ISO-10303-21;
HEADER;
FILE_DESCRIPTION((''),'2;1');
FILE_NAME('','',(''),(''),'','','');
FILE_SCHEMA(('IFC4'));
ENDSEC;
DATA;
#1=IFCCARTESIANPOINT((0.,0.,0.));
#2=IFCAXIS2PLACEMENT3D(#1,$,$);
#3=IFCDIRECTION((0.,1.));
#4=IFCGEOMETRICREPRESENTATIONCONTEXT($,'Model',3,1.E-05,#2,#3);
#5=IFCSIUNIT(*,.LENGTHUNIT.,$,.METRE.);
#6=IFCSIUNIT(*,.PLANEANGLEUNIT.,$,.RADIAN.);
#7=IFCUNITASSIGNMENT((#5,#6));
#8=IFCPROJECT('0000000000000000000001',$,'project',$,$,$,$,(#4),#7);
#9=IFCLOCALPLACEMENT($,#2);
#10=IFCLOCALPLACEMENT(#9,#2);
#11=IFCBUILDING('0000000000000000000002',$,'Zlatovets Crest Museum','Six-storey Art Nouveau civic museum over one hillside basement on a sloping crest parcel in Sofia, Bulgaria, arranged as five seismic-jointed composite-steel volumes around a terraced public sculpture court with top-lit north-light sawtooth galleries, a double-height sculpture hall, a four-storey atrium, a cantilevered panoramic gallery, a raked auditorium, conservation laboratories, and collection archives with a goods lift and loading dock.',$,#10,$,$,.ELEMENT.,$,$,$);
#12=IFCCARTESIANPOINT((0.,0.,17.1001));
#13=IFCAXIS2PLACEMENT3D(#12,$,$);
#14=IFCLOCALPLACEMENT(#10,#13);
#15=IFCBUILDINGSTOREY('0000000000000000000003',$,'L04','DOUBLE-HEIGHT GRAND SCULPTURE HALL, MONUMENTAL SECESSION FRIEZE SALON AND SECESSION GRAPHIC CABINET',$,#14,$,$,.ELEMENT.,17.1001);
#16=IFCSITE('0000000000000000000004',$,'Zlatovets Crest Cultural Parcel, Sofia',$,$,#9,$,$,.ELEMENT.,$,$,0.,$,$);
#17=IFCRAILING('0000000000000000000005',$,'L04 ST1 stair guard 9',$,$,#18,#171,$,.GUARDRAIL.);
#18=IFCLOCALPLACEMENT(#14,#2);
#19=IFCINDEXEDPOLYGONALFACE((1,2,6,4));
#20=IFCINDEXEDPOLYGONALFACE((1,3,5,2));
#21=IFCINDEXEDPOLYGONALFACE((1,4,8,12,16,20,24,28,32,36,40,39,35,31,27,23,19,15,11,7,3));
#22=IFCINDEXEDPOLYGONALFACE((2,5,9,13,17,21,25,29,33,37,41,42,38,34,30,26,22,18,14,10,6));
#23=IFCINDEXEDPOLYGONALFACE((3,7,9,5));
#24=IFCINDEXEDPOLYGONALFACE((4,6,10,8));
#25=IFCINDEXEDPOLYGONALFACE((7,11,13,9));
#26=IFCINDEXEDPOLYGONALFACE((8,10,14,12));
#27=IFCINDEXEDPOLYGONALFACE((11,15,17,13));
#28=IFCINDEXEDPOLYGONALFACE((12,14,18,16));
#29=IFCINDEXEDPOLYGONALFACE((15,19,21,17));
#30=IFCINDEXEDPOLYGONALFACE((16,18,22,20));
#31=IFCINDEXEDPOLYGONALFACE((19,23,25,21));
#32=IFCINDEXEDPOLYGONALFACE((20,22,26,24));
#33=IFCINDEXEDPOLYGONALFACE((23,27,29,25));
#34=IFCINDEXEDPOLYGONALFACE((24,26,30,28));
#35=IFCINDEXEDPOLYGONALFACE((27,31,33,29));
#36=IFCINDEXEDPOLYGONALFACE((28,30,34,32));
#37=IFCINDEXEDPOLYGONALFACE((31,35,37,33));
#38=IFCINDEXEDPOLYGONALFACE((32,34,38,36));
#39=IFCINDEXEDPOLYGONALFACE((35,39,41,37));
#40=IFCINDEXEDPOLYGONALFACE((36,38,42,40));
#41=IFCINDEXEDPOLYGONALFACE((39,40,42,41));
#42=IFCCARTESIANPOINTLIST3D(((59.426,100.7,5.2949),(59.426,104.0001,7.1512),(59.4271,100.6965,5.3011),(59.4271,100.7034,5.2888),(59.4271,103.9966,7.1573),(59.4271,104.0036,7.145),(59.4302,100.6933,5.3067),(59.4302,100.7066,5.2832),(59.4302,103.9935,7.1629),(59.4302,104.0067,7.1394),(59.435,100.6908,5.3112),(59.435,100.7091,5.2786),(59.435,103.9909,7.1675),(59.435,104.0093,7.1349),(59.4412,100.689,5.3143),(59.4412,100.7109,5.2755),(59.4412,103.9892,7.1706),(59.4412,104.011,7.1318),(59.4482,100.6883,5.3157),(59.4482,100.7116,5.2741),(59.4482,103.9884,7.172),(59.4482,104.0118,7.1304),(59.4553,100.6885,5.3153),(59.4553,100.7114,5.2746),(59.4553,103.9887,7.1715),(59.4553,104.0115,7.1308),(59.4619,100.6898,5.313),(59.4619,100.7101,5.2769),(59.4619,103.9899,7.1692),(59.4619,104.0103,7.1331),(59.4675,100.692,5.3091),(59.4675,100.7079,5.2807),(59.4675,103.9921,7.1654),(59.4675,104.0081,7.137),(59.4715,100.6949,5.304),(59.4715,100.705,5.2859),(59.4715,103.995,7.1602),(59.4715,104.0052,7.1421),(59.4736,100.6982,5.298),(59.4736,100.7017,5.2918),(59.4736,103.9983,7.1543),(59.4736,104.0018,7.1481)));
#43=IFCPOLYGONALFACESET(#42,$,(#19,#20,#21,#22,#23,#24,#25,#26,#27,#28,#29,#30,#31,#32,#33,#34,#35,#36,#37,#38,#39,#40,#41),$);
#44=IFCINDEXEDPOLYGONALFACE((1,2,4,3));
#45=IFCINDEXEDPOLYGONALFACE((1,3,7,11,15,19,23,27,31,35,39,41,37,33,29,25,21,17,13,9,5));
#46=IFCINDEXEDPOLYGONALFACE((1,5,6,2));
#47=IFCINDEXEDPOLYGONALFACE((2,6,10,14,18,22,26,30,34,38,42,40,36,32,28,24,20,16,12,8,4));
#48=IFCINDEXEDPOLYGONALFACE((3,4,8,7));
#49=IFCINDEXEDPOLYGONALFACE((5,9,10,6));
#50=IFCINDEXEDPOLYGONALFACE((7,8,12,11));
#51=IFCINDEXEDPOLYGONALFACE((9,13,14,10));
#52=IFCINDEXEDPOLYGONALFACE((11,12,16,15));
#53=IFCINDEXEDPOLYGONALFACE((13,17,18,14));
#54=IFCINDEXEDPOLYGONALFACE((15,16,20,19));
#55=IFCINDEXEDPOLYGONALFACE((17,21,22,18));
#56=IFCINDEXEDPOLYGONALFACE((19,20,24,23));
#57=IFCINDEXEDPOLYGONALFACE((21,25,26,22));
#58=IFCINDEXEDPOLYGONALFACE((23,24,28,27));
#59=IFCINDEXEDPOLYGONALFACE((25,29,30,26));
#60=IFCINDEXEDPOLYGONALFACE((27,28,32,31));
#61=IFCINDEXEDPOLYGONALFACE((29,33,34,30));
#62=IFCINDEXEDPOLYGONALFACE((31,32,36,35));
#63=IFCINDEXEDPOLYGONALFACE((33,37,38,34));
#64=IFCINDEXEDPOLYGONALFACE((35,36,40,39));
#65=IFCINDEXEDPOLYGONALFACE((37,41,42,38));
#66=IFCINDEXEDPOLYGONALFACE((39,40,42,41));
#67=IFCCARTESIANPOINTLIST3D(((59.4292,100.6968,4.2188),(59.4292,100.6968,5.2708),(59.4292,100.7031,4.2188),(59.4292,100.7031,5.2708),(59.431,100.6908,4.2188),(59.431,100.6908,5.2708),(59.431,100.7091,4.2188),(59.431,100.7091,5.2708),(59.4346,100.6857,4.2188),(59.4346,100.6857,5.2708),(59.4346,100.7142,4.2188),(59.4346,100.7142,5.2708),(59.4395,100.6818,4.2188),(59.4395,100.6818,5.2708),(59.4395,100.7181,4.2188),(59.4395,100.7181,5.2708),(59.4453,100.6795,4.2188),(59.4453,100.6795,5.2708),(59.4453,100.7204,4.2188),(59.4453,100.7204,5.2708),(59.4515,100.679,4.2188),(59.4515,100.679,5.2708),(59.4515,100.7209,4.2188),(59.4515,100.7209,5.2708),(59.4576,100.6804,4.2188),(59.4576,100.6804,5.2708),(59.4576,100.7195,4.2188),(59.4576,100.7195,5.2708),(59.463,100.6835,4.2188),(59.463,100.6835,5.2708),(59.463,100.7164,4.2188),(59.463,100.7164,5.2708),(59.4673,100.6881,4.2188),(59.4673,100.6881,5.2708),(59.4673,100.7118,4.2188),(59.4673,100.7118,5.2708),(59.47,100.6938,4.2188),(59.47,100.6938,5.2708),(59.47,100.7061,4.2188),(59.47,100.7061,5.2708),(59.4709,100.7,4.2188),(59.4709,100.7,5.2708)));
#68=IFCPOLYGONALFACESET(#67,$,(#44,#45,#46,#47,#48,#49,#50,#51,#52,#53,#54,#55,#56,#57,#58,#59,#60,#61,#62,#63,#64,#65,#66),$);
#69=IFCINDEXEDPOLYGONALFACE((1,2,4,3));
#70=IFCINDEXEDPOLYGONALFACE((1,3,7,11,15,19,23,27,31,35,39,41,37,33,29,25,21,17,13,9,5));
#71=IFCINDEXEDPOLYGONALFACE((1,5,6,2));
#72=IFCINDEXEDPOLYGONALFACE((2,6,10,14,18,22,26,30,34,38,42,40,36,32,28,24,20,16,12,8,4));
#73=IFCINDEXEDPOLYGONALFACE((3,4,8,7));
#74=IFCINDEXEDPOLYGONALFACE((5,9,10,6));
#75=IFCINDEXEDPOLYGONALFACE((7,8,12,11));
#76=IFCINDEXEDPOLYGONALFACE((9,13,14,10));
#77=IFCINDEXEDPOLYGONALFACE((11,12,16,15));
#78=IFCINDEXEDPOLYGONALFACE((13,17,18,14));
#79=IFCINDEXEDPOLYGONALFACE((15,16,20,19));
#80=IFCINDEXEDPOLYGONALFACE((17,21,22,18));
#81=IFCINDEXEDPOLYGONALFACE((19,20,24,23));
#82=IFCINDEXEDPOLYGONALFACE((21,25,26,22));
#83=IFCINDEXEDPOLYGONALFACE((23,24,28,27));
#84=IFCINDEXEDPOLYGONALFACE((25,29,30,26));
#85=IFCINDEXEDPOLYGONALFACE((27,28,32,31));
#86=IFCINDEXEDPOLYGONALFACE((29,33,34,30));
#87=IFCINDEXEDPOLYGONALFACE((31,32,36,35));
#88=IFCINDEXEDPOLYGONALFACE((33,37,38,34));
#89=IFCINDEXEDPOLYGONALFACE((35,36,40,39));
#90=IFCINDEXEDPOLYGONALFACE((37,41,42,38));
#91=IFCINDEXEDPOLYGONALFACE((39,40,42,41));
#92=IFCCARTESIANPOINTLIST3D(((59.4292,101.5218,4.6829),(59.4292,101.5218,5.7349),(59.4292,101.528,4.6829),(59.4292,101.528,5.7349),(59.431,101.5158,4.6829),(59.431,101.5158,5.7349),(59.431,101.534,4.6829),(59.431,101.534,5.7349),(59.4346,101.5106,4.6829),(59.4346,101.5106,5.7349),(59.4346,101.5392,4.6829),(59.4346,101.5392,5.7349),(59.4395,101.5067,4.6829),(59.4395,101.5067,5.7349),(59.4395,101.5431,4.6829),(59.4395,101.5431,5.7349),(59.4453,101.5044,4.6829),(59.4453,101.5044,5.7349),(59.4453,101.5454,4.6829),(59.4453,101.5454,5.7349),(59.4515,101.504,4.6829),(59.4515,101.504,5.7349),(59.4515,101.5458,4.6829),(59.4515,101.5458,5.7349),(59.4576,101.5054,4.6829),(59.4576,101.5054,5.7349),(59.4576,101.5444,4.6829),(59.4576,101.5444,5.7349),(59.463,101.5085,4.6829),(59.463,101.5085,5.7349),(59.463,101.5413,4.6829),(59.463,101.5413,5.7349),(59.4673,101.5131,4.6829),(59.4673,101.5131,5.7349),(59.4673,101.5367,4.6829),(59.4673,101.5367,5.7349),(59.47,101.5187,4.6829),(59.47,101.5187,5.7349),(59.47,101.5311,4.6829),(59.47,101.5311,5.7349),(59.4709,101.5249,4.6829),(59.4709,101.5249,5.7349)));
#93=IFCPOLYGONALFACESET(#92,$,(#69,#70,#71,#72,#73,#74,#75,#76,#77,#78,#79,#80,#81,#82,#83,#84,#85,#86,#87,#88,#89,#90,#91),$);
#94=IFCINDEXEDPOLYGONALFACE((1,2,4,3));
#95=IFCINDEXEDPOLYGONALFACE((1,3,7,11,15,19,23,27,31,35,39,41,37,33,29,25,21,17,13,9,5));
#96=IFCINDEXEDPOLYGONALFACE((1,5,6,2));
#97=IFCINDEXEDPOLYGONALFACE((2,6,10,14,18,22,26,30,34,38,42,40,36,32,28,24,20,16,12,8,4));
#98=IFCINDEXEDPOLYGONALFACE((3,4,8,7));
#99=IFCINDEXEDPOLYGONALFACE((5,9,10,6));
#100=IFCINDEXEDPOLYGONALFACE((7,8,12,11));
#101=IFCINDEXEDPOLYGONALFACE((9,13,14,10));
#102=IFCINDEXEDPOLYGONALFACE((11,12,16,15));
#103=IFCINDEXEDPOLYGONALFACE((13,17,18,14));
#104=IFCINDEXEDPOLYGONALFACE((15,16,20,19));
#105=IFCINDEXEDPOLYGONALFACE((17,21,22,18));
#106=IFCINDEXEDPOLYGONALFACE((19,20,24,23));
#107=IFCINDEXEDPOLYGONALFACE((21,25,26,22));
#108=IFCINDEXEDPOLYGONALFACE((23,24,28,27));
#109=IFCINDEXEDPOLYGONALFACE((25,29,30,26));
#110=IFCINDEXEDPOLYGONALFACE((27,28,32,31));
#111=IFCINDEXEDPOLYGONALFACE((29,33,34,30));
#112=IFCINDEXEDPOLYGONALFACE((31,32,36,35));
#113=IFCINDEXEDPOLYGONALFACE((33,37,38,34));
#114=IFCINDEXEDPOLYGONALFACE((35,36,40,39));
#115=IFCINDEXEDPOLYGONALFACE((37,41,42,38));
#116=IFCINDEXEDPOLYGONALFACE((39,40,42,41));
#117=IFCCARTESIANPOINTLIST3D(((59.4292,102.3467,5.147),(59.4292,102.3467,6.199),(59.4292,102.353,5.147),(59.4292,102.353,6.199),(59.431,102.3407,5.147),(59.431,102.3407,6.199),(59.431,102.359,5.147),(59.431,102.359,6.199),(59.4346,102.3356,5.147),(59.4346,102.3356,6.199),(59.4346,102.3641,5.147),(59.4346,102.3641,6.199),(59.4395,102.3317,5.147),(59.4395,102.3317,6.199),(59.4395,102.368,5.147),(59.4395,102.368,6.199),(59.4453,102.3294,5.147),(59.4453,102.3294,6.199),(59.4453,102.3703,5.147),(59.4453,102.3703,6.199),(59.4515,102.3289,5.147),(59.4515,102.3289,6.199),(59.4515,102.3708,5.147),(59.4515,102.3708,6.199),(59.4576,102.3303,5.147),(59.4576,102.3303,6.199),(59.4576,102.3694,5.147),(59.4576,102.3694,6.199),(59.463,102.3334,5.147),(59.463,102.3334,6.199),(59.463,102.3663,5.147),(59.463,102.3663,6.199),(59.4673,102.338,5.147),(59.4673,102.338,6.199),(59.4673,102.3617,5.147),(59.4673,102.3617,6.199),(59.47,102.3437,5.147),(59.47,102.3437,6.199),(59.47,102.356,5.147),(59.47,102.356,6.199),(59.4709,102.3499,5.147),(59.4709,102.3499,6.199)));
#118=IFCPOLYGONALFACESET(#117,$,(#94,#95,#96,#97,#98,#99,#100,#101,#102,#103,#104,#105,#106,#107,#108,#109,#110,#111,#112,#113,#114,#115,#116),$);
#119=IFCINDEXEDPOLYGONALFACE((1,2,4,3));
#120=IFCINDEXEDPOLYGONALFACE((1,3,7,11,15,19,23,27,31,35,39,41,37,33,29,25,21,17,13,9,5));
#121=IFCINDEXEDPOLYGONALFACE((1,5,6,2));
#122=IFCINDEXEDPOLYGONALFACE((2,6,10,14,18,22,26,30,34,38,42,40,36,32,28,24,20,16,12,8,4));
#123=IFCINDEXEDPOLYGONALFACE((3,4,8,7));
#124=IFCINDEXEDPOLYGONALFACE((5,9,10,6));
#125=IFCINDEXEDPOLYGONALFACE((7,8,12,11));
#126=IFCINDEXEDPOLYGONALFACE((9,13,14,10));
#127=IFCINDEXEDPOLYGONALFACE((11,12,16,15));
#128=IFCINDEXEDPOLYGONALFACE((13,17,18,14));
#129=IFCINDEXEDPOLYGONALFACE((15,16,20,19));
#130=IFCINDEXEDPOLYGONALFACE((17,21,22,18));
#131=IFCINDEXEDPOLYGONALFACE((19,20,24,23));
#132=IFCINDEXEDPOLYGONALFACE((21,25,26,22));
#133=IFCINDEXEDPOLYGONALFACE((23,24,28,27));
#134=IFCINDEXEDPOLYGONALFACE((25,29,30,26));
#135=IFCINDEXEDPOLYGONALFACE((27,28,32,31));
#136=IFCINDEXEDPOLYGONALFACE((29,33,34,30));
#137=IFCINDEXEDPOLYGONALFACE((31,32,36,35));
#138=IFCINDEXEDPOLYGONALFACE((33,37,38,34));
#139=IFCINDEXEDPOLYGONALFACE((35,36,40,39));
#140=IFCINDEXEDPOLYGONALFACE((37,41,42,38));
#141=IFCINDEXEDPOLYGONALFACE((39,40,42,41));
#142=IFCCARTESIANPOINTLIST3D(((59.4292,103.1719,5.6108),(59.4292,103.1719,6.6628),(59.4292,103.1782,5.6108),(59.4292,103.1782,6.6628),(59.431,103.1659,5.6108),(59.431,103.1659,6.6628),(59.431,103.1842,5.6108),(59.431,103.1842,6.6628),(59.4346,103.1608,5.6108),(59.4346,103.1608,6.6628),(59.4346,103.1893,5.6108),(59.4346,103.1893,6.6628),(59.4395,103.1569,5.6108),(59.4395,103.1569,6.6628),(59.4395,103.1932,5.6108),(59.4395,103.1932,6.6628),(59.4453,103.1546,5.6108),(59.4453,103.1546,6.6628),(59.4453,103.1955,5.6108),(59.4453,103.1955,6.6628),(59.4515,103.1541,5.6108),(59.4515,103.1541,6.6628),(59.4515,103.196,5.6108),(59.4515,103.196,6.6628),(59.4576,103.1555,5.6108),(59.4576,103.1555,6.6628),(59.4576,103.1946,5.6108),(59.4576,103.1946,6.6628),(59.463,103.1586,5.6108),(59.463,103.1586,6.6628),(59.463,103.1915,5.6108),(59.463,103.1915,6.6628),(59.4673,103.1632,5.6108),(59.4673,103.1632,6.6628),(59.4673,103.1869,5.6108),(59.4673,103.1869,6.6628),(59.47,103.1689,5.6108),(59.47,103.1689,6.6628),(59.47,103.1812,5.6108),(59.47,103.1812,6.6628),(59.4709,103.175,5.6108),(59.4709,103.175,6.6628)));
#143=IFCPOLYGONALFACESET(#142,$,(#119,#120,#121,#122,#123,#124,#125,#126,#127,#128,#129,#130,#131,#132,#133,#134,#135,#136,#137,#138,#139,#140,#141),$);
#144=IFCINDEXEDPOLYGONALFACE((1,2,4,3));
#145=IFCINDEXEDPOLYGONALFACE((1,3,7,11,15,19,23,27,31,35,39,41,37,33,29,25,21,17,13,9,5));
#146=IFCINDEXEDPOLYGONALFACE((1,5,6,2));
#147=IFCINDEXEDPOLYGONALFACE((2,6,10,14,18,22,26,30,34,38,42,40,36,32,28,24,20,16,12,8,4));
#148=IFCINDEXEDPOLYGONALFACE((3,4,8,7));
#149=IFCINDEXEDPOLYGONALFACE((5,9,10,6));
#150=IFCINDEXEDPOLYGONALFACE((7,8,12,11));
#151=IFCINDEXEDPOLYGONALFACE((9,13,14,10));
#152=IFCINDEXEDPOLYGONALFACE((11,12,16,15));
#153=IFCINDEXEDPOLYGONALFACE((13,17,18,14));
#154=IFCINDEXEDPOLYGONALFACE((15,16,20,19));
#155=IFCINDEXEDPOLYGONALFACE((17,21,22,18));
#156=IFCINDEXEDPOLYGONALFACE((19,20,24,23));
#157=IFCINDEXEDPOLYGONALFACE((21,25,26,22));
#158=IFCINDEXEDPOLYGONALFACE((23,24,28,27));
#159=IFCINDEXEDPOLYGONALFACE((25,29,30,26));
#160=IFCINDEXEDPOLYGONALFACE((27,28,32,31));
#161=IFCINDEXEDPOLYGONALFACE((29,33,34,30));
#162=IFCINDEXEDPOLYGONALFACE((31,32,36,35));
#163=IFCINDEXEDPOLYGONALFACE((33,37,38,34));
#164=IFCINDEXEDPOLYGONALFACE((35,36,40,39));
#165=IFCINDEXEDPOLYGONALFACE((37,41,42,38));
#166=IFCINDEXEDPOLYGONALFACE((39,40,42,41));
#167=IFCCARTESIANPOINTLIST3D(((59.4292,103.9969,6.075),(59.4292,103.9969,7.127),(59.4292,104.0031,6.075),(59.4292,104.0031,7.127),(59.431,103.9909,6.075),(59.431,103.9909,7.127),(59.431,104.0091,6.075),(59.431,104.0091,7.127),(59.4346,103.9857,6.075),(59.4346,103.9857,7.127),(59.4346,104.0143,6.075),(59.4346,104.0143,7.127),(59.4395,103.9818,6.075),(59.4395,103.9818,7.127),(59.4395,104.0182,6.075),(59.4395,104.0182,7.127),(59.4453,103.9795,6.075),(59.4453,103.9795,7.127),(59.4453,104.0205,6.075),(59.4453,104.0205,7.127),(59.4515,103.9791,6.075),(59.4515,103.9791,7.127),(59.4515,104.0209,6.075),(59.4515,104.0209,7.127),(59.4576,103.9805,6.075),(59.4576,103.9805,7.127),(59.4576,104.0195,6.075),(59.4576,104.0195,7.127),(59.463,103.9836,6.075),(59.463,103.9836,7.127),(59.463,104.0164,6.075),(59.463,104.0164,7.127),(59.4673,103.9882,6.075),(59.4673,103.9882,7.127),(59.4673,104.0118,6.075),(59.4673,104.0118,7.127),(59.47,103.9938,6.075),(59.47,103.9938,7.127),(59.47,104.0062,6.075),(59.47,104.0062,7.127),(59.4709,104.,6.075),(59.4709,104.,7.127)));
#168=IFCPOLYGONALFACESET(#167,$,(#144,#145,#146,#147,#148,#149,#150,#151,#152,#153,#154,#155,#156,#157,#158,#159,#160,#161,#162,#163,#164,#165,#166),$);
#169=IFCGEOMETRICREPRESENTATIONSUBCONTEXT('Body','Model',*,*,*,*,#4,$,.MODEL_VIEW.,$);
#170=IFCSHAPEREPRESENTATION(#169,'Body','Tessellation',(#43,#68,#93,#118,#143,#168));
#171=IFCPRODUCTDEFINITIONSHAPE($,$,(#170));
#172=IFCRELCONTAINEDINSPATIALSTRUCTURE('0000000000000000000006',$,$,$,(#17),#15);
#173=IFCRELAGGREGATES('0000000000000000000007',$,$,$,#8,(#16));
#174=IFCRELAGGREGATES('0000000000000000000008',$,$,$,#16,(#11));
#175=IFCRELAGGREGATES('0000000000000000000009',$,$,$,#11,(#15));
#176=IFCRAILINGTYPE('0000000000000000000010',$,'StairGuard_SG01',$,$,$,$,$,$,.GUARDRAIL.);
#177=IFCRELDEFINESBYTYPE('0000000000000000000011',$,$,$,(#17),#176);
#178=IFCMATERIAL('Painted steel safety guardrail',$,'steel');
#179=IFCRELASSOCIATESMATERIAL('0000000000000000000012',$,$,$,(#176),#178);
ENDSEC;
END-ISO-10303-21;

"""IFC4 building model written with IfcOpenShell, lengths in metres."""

from ifc_helpers import new_model, si_unit, direction, frame, origin, origin_2d, place, context, subcontext, project, spatial, circle, extrude, material, type_object, element, save


model = new_model("IFC4")

# Units and contexts
model_context = context("Model", 3, precision=1e-05, world=origin(), true_north=direction((0.0, 1.0)))
body_context = subcontext(model_context, "Body", "Model", "MODEL_VIEW")
ifc_project = project(units=[si_unit("LENGTHUNIT", "METRE"), si_unit("PLANEANGLEUNIT", "RADIAN")], contexts=[model_context])

# Site, building, storey
site_placement = place(None, origin())
site = spatial("IfcSite", under=ifc_project, at=site_placement, Name="Zlatovets Crest Cultural Parcel, Sofia", CompositionType="ELEMENT", RefElevation=0.0)
building_placement = place(site_placement, origin())
building = spatial("IfcBuilding", under=site, at=building_placement, Name="Zlatovets Crest Museum", Description="Six-storey Art Nouveau civic museum over one hillside basement on a sloping crest parcel in Sofia, Bulgaria, arranged as five seismic-jointed composite-steel volumes around a terraced public sculpture court with top-lit north-light sawtooth galleries, a double-height sculpture hall, a four-storey atrium, a cantilevered panoramic gallery, a raked auditorium, conservation laboratories, and collection archives with a goods lift and loading dock.", CompositionType="ELEMENT")
storey_placement = place(building_placement, frame((0.0, 0.0, 17.1001)))
storey = spatial("IfcBuildingStorey", under=building, at=storey_placement, Name="L04", Description="DOUBLE-HEIGHT GRAND SCULPTURE HALL, MONUMENTAL SECESSION FRIEZE SALON AND SECESSION GRAPHIC CABINET", CompositionType="ELEMENT", Elevation=17.1001)

# Railing
ifc_material_1 = material(Name="Painted steel safety guardrail", Category="steel")
railing_type = type_object("IfcRailingType", Name="StairGuard_SG01", PredefinedType="GUARDRAIL", material=ifc_material_1)
railing_1_placement = place(storey_placement, frame((59.45, 100.7, 4.2188)))
element("IfcRailing", 1, at=railing_1_placement, inside=storey, type_object=railing_type, Name="L04 ST1 stair guard 9", PredefinedType="GUARDRAIL", context=body_context, shape_type="SweptSolid", body=[
    extrude(circle(Radius=0.0239, at=origin_2d()), frame((0.0, 0.0, 1.0762), z_axis=(0.0, 0.871584, 0.490246), x_axis=(-1.0, 0.0, 0.0)), (0.0, 0.0, 1.0), 3.7864),
    extrude(circle(Radius=0.021, at=origin_2d()), origin(), (0.0, 0.0, 1.0), 1.052),
    extrude(circle(Radius=0.021, at=origin_2d()), frame((0.0, 0.825, 0.4641)), (0.0, 0.0, 1.0), 1.052),
    extrude(circle(Radius=0.021, at=origin_2d()), frame((0.0, 1.6499, 0.9282)), (0.0, 0.0, 1.0), 1.052),
    extrude(circle(Radius=0.021, at=origin_2d()), frame((0.0, 2.4751, 1.3921)), (0.0, 0.0, 1.0), 1.052),
    extrude(circle(Radius=0.021, at=origin_2d()), frame((0.0, 3.3, 1.8562)), (0.0, 0.0, 1.0), 1.052),
])

save(model, "model.ifc")
